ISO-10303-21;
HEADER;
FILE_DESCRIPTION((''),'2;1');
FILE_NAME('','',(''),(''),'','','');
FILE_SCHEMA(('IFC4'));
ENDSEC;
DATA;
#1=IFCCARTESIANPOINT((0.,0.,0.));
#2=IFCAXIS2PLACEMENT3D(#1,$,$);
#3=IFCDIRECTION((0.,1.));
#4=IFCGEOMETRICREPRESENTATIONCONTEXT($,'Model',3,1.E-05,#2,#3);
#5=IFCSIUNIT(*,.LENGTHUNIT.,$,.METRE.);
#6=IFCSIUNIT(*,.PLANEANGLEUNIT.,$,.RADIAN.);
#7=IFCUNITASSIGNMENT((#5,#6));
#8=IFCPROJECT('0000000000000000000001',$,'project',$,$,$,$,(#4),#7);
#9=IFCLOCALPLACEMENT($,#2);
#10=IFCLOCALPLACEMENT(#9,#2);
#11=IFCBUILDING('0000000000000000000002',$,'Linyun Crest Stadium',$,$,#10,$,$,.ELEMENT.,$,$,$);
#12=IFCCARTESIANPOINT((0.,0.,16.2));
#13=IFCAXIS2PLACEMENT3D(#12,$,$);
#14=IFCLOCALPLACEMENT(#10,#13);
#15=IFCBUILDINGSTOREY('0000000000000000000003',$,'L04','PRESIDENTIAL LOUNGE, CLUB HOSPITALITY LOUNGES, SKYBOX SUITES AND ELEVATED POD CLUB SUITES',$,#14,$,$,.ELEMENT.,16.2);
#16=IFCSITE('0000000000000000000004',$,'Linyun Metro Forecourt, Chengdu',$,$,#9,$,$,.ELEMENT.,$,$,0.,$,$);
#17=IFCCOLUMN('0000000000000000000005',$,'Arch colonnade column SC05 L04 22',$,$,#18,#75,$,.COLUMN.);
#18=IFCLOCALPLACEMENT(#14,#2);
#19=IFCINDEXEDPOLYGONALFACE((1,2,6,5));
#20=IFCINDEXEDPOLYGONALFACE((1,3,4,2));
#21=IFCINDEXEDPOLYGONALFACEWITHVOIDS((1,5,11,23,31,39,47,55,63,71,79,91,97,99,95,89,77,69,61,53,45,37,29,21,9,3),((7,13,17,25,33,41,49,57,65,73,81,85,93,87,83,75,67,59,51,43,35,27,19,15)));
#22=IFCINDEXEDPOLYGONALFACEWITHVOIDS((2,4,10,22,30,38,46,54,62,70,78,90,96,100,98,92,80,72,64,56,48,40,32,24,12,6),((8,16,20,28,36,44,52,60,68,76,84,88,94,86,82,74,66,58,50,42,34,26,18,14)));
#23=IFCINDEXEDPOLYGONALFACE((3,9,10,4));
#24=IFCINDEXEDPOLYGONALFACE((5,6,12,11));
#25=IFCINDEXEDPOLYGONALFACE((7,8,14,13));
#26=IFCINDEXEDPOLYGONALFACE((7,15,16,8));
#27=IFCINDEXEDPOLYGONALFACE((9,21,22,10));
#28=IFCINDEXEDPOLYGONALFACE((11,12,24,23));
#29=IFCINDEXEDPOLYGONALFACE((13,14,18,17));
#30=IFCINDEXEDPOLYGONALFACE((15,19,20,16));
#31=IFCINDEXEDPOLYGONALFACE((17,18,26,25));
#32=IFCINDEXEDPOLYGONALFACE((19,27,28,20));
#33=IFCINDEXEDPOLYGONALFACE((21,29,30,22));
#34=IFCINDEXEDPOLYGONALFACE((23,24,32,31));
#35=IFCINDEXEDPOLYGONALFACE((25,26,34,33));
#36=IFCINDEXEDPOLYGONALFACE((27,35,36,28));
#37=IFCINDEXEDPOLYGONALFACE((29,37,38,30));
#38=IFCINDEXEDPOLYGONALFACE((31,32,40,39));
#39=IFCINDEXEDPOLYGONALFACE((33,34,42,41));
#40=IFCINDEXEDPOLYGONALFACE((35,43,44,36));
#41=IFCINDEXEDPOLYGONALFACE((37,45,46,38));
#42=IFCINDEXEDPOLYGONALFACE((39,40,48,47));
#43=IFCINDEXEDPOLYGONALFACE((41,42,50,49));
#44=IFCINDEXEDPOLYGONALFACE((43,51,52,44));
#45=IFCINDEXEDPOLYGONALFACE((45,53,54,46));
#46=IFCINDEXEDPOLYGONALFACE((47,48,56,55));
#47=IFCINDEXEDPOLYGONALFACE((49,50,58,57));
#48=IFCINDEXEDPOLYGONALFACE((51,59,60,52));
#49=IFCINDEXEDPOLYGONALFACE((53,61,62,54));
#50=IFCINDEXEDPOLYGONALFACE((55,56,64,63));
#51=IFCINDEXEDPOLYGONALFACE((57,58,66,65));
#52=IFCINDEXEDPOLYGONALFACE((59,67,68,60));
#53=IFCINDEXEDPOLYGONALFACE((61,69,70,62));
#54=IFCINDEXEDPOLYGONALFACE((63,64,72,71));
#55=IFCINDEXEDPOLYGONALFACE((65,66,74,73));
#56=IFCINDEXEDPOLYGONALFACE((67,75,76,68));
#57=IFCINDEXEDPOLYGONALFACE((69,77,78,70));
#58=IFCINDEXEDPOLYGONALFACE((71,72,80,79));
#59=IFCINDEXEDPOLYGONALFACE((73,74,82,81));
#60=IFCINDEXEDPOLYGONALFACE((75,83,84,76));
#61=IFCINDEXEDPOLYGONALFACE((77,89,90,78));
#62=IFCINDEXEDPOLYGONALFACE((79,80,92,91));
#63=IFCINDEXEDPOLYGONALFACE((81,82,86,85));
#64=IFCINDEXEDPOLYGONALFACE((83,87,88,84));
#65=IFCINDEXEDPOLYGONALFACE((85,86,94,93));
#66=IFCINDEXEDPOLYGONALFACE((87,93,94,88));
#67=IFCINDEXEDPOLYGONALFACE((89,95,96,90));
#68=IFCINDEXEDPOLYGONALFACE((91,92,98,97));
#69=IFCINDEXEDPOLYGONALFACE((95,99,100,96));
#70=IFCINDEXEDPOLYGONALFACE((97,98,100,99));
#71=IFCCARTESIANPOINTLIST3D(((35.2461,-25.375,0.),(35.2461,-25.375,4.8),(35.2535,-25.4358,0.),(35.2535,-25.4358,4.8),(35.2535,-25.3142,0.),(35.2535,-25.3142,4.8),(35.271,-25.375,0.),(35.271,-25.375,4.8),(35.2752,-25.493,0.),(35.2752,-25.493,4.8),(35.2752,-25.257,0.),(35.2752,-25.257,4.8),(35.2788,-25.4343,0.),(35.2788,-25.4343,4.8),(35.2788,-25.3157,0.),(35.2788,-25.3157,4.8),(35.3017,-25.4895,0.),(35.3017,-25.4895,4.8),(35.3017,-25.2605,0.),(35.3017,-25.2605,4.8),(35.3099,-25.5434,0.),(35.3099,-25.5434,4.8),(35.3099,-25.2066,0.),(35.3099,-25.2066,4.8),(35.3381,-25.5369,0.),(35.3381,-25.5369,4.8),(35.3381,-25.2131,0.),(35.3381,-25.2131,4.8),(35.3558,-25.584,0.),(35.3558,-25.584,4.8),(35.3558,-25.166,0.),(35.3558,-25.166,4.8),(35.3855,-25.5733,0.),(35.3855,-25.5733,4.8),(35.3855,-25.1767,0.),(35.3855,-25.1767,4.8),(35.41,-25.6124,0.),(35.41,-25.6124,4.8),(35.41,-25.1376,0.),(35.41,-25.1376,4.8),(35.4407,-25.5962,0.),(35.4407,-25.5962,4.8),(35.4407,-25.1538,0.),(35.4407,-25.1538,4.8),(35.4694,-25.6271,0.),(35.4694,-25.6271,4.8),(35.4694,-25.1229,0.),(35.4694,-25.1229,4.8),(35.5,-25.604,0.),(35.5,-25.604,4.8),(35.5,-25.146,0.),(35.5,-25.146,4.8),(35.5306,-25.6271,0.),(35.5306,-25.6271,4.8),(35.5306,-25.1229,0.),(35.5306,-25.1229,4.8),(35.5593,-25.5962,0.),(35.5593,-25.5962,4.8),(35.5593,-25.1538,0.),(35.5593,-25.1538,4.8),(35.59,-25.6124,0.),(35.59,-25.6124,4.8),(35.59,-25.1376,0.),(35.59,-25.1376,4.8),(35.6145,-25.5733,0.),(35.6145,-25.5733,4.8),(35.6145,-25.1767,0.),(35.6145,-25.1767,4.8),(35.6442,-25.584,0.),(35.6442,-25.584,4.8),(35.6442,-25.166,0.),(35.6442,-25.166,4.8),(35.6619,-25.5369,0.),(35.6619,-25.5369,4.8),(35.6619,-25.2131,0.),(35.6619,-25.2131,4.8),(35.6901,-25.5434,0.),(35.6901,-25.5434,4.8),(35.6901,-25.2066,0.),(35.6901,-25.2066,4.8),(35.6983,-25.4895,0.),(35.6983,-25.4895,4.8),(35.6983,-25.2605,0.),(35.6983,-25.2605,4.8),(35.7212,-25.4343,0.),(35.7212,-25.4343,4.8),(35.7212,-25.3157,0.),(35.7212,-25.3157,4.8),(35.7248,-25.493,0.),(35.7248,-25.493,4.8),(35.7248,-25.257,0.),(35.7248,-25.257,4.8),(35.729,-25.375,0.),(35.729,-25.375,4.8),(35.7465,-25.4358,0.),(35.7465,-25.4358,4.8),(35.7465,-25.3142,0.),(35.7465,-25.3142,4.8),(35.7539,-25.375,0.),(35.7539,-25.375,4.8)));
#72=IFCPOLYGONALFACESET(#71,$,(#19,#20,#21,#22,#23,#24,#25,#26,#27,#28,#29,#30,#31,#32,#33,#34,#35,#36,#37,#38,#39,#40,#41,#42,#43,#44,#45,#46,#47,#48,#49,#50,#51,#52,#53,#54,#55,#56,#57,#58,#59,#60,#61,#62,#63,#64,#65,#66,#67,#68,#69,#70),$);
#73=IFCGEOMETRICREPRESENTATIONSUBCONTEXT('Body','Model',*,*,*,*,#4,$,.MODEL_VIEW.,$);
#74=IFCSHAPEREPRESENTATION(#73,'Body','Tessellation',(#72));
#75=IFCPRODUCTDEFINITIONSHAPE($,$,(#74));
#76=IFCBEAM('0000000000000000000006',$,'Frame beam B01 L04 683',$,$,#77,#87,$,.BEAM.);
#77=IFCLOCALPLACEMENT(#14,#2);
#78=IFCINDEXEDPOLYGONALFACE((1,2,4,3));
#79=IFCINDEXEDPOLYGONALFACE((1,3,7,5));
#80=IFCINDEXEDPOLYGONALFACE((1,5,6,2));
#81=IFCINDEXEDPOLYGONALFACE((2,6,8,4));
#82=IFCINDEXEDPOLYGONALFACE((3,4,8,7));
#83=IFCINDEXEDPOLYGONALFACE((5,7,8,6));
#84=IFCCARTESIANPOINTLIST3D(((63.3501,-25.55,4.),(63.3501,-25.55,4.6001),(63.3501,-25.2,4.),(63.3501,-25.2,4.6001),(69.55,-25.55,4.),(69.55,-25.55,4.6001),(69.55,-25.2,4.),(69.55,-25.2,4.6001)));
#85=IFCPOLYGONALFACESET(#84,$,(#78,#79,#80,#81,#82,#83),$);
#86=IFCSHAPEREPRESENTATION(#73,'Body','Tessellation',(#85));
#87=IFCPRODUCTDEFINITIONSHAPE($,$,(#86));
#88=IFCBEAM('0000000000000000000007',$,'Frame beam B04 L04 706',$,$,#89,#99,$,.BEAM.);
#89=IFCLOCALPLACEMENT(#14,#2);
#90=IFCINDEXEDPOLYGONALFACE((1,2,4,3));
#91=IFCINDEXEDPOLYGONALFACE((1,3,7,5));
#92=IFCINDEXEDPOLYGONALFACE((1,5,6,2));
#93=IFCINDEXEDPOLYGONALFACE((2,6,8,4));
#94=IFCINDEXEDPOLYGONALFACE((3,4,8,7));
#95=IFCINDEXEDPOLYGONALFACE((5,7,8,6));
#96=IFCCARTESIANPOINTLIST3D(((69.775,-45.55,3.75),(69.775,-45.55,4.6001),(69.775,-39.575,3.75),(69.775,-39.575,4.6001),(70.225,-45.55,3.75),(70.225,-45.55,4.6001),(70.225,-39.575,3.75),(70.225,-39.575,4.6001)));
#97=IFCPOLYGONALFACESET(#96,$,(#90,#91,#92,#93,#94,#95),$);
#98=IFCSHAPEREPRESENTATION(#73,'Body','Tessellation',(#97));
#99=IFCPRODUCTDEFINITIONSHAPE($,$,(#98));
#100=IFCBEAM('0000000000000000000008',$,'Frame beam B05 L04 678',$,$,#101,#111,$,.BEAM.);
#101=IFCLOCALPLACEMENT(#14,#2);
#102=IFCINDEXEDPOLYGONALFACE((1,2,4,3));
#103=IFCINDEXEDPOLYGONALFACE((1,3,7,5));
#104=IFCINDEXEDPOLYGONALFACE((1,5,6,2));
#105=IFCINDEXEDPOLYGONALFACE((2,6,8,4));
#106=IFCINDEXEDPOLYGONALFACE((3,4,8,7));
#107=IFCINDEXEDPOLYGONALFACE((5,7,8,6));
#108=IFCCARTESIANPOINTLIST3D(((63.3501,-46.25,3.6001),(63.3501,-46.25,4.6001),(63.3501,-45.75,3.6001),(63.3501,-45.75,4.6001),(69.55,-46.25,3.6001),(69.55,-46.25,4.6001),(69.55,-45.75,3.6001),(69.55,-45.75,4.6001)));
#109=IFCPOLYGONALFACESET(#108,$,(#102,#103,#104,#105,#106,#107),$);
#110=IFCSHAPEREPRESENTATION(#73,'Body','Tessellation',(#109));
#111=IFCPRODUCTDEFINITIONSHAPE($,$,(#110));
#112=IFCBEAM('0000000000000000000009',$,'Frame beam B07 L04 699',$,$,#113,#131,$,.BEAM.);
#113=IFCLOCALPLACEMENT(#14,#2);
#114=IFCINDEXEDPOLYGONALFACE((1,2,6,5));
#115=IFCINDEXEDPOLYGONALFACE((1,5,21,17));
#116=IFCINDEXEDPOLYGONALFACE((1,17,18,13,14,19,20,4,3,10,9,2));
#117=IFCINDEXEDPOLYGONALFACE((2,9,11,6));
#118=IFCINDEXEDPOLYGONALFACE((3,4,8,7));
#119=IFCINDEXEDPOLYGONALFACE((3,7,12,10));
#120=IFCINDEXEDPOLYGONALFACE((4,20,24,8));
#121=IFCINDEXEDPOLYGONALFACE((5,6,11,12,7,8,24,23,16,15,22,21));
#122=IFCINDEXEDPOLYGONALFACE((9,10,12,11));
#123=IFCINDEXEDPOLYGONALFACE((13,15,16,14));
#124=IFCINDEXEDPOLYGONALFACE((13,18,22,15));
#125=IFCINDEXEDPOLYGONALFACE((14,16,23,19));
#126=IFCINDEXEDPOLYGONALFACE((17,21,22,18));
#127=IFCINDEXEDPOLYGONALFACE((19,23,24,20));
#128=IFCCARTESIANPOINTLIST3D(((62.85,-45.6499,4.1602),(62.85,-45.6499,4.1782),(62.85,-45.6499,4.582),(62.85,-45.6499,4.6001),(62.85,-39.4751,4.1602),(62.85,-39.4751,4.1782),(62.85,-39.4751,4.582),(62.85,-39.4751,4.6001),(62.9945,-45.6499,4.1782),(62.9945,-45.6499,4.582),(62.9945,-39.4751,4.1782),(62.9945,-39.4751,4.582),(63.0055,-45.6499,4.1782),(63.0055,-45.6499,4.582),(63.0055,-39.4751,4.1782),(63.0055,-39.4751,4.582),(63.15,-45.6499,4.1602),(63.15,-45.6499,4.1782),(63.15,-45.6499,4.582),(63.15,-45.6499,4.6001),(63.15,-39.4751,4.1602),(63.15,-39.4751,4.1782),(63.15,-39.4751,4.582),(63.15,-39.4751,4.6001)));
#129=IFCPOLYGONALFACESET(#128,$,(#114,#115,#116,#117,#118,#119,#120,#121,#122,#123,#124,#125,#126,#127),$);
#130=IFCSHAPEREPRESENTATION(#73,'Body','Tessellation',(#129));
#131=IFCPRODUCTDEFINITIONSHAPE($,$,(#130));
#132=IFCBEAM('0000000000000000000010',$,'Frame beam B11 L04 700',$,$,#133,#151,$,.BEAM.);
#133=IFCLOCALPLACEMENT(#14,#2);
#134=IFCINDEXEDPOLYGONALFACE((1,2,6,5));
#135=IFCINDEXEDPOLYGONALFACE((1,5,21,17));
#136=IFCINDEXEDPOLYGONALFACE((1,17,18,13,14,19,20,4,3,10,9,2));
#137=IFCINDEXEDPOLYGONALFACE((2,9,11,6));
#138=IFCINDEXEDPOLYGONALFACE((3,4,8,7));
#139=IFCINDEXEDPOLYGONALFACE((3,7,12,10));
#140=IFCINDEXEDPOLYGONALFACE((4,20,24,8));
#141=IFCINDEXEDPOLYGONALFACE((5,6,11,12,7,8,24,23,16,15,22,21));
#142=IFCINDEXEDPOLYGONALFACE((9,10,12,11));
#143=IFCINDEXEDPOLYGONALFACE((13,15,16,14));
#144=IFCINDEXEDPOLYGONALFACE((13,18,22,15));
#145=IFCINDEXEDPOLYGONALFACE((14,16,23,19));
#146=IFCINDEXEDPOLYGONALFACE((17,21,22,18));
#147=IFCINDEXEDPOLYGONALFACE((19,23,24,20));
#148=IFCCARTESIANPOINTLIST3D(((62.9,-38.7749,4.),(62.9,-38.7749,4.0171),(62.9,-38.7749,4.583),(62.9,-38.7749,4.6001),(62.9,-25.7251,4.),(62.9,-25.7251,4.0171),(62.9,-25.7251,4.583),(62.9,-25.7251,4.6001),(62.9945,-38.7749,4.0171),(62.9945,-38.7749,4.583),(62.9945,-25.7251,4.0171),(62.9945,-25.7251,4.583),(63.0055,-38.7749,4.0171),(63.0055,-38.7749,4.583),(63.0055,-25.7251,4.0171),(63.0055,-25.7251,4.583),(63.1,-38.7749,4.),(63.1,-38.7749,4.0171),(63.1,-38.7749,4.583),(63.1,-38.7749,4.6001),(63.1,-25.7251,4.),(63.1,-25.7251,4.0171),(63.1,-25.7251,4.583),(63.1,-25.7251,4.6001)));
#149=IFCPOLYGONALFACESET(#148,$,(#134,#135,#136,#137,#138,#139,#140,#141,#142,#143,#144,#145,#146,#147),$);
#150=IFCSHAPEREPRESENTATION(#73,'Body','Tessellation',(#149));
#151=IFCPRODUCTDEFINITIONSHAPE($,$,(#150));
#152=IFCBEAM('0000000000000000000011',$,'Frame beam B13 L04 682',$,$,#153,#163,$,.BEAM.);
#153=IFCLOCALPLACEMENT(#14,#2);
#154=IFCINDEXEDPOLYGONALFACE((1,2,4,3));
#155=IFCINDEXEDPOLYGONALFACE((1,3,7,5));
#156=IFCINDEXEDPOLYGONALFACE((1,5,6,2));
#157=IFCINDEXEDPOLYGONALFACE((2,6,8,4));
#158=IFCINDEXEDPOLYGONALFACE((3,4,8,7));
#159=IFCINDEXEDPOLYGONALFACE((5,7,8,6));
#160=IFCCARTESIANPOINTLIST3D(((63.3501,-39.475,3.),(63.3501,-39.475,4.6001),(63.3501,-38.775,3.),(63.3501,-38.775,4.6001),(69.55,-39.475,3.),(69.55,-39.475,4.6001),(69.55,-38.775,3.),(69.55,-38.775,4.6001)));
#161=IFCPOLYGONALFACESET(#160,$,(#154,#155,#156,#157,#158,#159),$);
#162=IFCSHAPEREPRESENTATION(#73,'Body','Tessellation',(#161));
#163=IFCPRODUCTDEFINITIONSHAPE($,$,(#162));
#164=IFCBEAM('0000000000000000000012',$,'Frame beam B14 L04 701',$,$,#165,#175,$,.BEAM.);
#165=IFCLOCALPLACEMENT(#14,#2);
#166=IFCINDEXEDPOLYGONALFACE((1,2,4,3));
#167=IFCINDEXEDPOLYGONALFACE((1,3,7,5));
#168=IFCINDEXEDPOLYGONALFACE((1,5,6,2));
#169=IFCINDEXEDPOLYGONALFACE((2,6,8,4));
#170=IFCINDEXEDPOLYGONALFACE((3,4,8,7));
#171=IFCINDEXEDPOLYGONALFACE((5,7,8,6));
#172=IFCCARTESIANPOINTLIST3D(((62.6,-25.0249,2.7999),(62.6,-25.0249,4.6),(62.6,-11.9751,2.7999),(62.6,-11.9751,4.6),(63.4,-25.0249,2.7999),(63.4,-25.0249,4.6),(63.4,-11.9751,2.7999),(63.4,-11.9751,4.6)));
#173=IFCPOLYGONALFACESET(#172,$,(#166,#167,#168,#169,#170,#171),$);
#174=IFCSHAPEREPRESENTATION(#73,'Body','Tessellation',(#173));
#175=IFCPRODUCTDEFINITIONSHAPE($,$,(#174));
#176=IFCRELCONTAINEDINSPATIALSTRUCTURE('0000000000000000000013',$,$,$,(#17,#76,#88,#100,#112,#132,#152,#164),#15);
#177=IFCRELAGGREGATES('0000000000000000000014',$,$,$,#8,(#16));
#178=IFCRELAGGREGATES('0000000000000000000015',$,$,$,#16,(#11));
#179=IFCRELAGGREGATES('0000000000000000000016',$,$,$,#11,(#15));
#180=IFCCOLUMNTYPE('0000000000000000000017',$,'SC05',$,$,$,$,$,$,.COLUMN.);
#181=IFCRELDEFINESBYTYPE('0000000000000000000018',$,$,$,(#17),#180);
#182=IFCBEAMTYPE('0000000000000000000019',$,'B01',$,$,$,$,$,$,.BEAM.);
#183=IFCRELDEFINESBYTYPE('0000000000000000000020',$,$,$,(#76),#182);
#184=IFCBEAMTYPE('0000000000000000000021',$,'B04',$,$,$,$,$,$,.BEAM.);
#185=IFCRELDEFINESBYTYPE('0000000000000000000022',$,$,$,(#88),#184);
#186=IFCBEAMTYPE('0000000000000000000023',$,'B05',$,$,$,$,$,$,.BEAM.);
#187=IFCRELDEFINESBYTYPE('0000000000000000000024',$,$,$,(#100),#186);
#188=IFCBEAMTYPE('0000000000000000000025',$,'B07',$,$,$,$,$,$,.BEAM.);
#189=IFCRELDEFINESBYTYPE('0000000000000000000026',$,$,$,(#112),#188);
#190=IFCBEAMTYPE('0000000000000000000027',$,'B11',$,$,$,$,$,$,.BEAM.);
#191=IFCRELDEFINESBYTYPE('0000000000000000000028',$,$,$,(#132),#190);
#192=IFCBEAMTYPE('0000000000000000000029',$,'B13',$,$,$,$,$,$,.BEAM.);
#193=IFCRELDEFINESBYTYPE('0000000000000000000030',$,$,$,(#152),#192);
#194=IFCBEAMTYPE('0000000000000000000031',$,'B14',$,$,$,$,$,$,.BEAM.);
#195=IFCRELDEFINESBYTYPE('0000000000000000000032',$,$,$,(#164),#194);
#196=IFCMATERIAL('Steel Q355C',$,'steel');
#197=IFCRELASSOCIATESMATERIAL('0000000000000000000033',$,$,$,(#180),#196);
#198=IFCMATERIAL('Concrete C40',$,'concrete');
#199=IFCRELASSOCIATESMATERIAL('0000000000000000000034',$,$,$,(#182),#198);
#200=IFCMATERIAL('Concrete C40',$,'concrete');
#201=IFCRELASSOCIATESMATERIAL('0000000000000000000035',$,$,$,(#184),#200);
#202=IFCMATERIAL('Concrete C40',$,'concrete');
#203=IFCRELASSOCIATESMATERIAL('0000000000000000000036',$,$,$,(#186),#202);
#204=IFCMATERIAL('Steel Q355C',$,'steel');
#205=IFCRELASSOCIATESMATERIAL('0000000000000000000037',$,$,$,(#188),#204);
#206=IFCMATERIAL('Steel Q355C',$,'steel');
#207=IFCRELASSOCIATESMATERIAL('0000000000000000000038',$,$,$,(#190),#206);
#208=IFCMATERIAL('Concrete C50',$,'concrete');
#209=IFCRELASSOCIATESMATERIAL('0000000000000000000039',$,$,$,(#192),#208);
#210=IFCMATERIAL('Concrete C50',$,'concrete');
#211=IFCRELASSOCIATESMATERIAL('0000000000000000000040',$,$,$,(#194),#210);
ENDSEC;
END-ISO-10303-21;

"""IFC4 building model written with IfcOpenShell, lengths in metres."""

from ifc_helpers import new_model, si_unit, direction, frame, origin, origin_2d, place, context, subcontext, project, spatial, rectangle, hollow_circle, i_section, extrude, material, material_profile, profile_set, type_object, element, save


model = new_model("IFC4")

# Units and contexts
model_context = context("Model", 3, precision=1e-05, world=origin(), true_north=direction((0.0, 1.0)))
body_context = subcontext(model_context, "Body", "Model", "MODEL_VIEW")
ifc_project = project(units=[si_unit("LENGTHUNIT", "METRE"), si_unit("PLANEANGLEUNIT", "RADIAN")], contexts=[model_context])

# Site, building, storey
site_placement = place(None, origin())
site = spatial("IfcSite", under=ifc_project, at=site_placement, Name="Linyun Metro Forecourt, Chengdu", CompositionType="ELEMENT", RefElevation=0.0)
building_placement = place(site_placement, origin())
building = spatial("IfcBuilding", under=site, at=building_placement, Name="Linyun Crest Stadium", CompositionType="ELEMENT")
storey_placement = place(building_placement, frame((0.0, 0.0, 16.2)))
storey = spatial("IfcBuildingStorey", under=building, at=storey_placement, Name="L04", Description="PRESIDENTIAL LOUNGE, CLUB HOSPITALITY LOUNGES, SKYBOX SUITES AND ELEVATED POD CLUB SUITES", CompositionType="ELEMENT", Elevation=16.2)

# Column
ifc_material_1 = material(Name="Steel Q355C", Category="steel")
ifc_material_profile_1 = material_profile(ifc_material_1, hollow_circle(Radius=0.2539, WallThickness=0.0249, at=origin_2d()), Name="CHS 508x25")
ifc_profile_set_1 = profile_set([ifc_material_profile_1], Name="Steel Q355C")
column_type_1 = type_object("IfcColumnType", Name="SC05", PredefinedType="COLUMN", material=ifc_profile_set_1)
for number, where, z_axis, x_axis, name in (
    (1, (35.5, -25.375, 0.0), (0.0, 0.0, 1.0), (1.0, 0.0, 0.0), "Arch colonnade column SC05 L04 22"),
):
    element("IfcColumn", number, at=place(storey_placement, frame(where, z_axis=z_axis, x_axis=x_axis)), inside=storey, type_object=column_type_1, Name=name, PredefinedType="COLUMN", context=body_context, shape_type="SweptSolid", body=[
        extrude(hollow_circle(Radius=0.2539, WallThickness=0.0249, at=origin_2d()), origin(), (0.0, 0.0, 1.0), 4.8),
    ])

# Beams
ifc_material_2 = material(Name="Concrete C40", Category="concrete")
ifc_material_profile_2 = material_profile(ifc_material_2, rectangle(XDim=0.3501, YDim=0.6001, at=origin_2d()), Name="RCB 600x350")
ifc_profile_set_2 = profile_set([ifc_material_profile_2], Name="Concrete C40")
beam_type_1 = type_object("IfcBeamType", Name="B01", PredefinedType="BEAM", material=ifc_profile_set_2)
beam_1_placement = place(storey_placement, frame((63.3501, -25.375, 4.3), z_axis=(1.0, 0.0, 0.0), x_axis=(0.0, 1.0, 0.0)))
element("IfcBeam", 2, at=beam_1_placement, inside=storey, type_object=beam_type_1, Name="Frame beam B01 L04 683", PredefinedType="BEAM", context=body_context, shape_type="SweptSolid", body=[
    extrude(rectangle(XDim=0.3501, YDim=0.6001, at=origin_2d()), origin(), (0.0, 0.0, 1.0), 6.2),
])
ifc_material_3 = material(Name="Concrete C40", Category="concrete")
ifc_material_profile_3 = material_profile(ifc_material_3, rectangle(XDim=0.45, YDim=0.8501, at=origin_2d()), Name="RCB 850x450")
ifc_profile_set_3 = profile_set([ifc_material_profile_3], Name="Concrete C40")
beam_type_2 = type_object("IfcBeamType", Name="B04", PredefinedType="BEAM", material=ifc_profile_set_3)
beam_2_placement = place(storey_placement, frame((70.0, -45.55, 4.175), z_axis=(0.0, 1.0, 0.0), x_axis=(-1.0, 0.0, 0.0)))
element("IfcBeam", 3, at=beam_2_placement, inside=storey, type_object=beam_type_2, Name="Frame beam B04 L04 706", PredefinedType="BEAM", context=body_context, shape_type="SweptSolid", body=[
    extrude(rectangle(XDim=0.45, YDim=0.8501, at=origin_2d()), origin(), (0.0, 0.0, 1.0), 5.9751),
])
ifc_material_4 = material(Name="Concrete C40", Category="concrete")
ifc_material_profile_4 = material_profile(ifc_material_4, rectangle(XDim=0.5, YDim=1.0, at=origin_2d()), Name="RCB 1000x500")
ifc_profile_set_4 = profile_set([ifc_material_profile_4], Name="Concrete C40")
beam_type_3 = type_object("IfcBeamType", Name="B05", PredefinedType="BEAM", material=ifc_profile_set_4)
beam_3_placement = place(storey_placement, frame((63.3501, -46.0, 4.1001), z_axis=(1.0, 0.0, 0.0), x_axis=(0.0, 1.0, 0.0)))
element("IfcBeam", 4, at=beam_3_placement, inside=storey, type_object=beam_type_3, Name="Frame beam B05 L04 678", PredefinedType="BEAM", context=body_context, shape_type="SweptSolid", body=[
    extrude(rectangle(XDim=0.5, YDim=1.0, at=origin_2d()), origin(), (0.0, 0.0, 1.0), 6.2),
])
ifc_material_5 = material(Name="Steel Q355C", Category="steel")
ifc_material_profile_5 = material_profile(ifc_material_5, i_section(OverallWidth=0.3, OverallDepth=0.4399, WebThickness=0.011, FlangeThickness=0.0181, at=origin_2d()), Name="HM 440x300")
ifc_profile_set_5 = profile_set([ifc_material_profile_5], Name="Steel Q355C")
beam_type_4 = type_object("IfcBeamType", Name="B07", PredefinedType="BEAM", material=ifc_profile_set_5)
beam_4_placement = place(storey_placement, frame((63.0, -45.6499, 4.3801), z_axis=(0.0, 1.0, 0.0), x_axis=(-1.0, 0.0, 0.0)))
element("IfcBeam", 5, at=beam_4_placement, inside=storey, type_object=beam_type_4, Name="Frame beam B07 L04 699", PredefinedType="BEAM", context=body_context, shape_type="SweptSolid", body=[
    extrude(i_section(OverallWidth=0.3, OverallDepth=0.4399, WebThickness=0.011, FlangeThickness=0.0181, at=origin_2d()), origin(), (0.0, 0.0, 1.0), 6.1748),
])
ifc_material_6 = material(Name="Steel Q355C", Category="steel")
ifc_material_profile_6 = material_profile(ifc_material_6, i_section(OverallWidth=0.2, OverallDepth=0.6001, WebThickness=0.011, FlangeThickness=0.0171, at=origin_2d()), Name="HN 600x200")
ifc_profile_set_6 = profile_set([ifc_material_profile_6], Name="Steel Q355C")
beam_type_5 = type_object("IfcBeamType", Name="B11", PredefinedType="BEAM", material=ifc_profile_set_6)
beam_5_placement = place(storey_placement, frame((63.0, -38.7749, 4.3), z_axis=(0.0, 1.0, 0.0), x_axis=(-1.0, 0.0, 0.0)))
element("IfcBeam", 6, at=beam_5_placement, inside=storey, type_object=beam_type_5, Name="Frame beam B11 L04 700", PredefinedType="BEAM", context=body_context, shape_type="SweptSolid", body=[
    extrude(i_section(OverallWidth=0.2, OverallDepth=0.6001, WebThickness=0.011, FlangeThickness=0.0171, at=origin_2d()), origin(), (0.0, 0.0, 1.0), 13.0498),
])
ifc_material_7 = material(Name="Concrete C50", Category="concrete")
ifc_material_profile_7 = material_profile(ifc_material_7, rectangle(XDim=0.7, YDim=1.6001, at=origin_2d()), Name="RCB 1600x700")
ifc_profile_set_7 = profile_set([ifc_material_profile_7], Name="Concrete C50")
beam_type_6 = type_object("IfcBeamType", Name="B13", PredefinedType="BEAM", material=ifc_profile_set_7)
beam_6_placement = place(storey_placement, frame((63.3501, -39.125, 3.8), z_axis=(1.0, 0.0, 0.0), x_axis=(0.0, 1.0, 0.0)))
element("IfcBeam", 7, at=beam_6_placement, inside=storey, type_object=beam_type_6, Name="Frame beam B13 L04 682", PredefinedType="BEAM", context=body_context, shape_type="SweptSolid", body=[
    extrude(rectangle(XDim=0.7, YDim=1.6001, at=origin_2d()), origin(), (0.0, 0.0, 1.0), 6.2),
])
ifc_material_8 = material(Name="Concrete C50", Category="concrete")
ifc_material_profile_8 = material_profile(ifc_material_8, rectangle(XDim=0.8, YDim=1.8, at=origin_2d()), Name="RCB 1800x800")
ifc_profile_set_8 = profile_set([ifc_material_profile_8], Name="Concrete C50")
beam_type_7 = type_object("IfcBeamType", Name="B14", PredefinedType="BEAM", material=ifc_profile_set_8)
beam_7_placement = place(storey_placement, frame((63.0, -25.0249, 3.7), z_axis=(0.0, 1.0, 0.0), x_axis=(-1.0, 0.0, 0.0)))
element("IfcBeam", 8, at=beam_7_placement, inside=storey, type_object=beam_type_7, Name="Frame beam B14 L04 701", PredefinedType="BEAM", context=body_context, shape_type="SweptSolid", body=[
    extrude(rectangle(XDim=0.8, YDim=1.8, at=origin_2d()), origin(), (0.0, 0.0, 1.0), 13.0498),
])

save(model, "model.ifc")
